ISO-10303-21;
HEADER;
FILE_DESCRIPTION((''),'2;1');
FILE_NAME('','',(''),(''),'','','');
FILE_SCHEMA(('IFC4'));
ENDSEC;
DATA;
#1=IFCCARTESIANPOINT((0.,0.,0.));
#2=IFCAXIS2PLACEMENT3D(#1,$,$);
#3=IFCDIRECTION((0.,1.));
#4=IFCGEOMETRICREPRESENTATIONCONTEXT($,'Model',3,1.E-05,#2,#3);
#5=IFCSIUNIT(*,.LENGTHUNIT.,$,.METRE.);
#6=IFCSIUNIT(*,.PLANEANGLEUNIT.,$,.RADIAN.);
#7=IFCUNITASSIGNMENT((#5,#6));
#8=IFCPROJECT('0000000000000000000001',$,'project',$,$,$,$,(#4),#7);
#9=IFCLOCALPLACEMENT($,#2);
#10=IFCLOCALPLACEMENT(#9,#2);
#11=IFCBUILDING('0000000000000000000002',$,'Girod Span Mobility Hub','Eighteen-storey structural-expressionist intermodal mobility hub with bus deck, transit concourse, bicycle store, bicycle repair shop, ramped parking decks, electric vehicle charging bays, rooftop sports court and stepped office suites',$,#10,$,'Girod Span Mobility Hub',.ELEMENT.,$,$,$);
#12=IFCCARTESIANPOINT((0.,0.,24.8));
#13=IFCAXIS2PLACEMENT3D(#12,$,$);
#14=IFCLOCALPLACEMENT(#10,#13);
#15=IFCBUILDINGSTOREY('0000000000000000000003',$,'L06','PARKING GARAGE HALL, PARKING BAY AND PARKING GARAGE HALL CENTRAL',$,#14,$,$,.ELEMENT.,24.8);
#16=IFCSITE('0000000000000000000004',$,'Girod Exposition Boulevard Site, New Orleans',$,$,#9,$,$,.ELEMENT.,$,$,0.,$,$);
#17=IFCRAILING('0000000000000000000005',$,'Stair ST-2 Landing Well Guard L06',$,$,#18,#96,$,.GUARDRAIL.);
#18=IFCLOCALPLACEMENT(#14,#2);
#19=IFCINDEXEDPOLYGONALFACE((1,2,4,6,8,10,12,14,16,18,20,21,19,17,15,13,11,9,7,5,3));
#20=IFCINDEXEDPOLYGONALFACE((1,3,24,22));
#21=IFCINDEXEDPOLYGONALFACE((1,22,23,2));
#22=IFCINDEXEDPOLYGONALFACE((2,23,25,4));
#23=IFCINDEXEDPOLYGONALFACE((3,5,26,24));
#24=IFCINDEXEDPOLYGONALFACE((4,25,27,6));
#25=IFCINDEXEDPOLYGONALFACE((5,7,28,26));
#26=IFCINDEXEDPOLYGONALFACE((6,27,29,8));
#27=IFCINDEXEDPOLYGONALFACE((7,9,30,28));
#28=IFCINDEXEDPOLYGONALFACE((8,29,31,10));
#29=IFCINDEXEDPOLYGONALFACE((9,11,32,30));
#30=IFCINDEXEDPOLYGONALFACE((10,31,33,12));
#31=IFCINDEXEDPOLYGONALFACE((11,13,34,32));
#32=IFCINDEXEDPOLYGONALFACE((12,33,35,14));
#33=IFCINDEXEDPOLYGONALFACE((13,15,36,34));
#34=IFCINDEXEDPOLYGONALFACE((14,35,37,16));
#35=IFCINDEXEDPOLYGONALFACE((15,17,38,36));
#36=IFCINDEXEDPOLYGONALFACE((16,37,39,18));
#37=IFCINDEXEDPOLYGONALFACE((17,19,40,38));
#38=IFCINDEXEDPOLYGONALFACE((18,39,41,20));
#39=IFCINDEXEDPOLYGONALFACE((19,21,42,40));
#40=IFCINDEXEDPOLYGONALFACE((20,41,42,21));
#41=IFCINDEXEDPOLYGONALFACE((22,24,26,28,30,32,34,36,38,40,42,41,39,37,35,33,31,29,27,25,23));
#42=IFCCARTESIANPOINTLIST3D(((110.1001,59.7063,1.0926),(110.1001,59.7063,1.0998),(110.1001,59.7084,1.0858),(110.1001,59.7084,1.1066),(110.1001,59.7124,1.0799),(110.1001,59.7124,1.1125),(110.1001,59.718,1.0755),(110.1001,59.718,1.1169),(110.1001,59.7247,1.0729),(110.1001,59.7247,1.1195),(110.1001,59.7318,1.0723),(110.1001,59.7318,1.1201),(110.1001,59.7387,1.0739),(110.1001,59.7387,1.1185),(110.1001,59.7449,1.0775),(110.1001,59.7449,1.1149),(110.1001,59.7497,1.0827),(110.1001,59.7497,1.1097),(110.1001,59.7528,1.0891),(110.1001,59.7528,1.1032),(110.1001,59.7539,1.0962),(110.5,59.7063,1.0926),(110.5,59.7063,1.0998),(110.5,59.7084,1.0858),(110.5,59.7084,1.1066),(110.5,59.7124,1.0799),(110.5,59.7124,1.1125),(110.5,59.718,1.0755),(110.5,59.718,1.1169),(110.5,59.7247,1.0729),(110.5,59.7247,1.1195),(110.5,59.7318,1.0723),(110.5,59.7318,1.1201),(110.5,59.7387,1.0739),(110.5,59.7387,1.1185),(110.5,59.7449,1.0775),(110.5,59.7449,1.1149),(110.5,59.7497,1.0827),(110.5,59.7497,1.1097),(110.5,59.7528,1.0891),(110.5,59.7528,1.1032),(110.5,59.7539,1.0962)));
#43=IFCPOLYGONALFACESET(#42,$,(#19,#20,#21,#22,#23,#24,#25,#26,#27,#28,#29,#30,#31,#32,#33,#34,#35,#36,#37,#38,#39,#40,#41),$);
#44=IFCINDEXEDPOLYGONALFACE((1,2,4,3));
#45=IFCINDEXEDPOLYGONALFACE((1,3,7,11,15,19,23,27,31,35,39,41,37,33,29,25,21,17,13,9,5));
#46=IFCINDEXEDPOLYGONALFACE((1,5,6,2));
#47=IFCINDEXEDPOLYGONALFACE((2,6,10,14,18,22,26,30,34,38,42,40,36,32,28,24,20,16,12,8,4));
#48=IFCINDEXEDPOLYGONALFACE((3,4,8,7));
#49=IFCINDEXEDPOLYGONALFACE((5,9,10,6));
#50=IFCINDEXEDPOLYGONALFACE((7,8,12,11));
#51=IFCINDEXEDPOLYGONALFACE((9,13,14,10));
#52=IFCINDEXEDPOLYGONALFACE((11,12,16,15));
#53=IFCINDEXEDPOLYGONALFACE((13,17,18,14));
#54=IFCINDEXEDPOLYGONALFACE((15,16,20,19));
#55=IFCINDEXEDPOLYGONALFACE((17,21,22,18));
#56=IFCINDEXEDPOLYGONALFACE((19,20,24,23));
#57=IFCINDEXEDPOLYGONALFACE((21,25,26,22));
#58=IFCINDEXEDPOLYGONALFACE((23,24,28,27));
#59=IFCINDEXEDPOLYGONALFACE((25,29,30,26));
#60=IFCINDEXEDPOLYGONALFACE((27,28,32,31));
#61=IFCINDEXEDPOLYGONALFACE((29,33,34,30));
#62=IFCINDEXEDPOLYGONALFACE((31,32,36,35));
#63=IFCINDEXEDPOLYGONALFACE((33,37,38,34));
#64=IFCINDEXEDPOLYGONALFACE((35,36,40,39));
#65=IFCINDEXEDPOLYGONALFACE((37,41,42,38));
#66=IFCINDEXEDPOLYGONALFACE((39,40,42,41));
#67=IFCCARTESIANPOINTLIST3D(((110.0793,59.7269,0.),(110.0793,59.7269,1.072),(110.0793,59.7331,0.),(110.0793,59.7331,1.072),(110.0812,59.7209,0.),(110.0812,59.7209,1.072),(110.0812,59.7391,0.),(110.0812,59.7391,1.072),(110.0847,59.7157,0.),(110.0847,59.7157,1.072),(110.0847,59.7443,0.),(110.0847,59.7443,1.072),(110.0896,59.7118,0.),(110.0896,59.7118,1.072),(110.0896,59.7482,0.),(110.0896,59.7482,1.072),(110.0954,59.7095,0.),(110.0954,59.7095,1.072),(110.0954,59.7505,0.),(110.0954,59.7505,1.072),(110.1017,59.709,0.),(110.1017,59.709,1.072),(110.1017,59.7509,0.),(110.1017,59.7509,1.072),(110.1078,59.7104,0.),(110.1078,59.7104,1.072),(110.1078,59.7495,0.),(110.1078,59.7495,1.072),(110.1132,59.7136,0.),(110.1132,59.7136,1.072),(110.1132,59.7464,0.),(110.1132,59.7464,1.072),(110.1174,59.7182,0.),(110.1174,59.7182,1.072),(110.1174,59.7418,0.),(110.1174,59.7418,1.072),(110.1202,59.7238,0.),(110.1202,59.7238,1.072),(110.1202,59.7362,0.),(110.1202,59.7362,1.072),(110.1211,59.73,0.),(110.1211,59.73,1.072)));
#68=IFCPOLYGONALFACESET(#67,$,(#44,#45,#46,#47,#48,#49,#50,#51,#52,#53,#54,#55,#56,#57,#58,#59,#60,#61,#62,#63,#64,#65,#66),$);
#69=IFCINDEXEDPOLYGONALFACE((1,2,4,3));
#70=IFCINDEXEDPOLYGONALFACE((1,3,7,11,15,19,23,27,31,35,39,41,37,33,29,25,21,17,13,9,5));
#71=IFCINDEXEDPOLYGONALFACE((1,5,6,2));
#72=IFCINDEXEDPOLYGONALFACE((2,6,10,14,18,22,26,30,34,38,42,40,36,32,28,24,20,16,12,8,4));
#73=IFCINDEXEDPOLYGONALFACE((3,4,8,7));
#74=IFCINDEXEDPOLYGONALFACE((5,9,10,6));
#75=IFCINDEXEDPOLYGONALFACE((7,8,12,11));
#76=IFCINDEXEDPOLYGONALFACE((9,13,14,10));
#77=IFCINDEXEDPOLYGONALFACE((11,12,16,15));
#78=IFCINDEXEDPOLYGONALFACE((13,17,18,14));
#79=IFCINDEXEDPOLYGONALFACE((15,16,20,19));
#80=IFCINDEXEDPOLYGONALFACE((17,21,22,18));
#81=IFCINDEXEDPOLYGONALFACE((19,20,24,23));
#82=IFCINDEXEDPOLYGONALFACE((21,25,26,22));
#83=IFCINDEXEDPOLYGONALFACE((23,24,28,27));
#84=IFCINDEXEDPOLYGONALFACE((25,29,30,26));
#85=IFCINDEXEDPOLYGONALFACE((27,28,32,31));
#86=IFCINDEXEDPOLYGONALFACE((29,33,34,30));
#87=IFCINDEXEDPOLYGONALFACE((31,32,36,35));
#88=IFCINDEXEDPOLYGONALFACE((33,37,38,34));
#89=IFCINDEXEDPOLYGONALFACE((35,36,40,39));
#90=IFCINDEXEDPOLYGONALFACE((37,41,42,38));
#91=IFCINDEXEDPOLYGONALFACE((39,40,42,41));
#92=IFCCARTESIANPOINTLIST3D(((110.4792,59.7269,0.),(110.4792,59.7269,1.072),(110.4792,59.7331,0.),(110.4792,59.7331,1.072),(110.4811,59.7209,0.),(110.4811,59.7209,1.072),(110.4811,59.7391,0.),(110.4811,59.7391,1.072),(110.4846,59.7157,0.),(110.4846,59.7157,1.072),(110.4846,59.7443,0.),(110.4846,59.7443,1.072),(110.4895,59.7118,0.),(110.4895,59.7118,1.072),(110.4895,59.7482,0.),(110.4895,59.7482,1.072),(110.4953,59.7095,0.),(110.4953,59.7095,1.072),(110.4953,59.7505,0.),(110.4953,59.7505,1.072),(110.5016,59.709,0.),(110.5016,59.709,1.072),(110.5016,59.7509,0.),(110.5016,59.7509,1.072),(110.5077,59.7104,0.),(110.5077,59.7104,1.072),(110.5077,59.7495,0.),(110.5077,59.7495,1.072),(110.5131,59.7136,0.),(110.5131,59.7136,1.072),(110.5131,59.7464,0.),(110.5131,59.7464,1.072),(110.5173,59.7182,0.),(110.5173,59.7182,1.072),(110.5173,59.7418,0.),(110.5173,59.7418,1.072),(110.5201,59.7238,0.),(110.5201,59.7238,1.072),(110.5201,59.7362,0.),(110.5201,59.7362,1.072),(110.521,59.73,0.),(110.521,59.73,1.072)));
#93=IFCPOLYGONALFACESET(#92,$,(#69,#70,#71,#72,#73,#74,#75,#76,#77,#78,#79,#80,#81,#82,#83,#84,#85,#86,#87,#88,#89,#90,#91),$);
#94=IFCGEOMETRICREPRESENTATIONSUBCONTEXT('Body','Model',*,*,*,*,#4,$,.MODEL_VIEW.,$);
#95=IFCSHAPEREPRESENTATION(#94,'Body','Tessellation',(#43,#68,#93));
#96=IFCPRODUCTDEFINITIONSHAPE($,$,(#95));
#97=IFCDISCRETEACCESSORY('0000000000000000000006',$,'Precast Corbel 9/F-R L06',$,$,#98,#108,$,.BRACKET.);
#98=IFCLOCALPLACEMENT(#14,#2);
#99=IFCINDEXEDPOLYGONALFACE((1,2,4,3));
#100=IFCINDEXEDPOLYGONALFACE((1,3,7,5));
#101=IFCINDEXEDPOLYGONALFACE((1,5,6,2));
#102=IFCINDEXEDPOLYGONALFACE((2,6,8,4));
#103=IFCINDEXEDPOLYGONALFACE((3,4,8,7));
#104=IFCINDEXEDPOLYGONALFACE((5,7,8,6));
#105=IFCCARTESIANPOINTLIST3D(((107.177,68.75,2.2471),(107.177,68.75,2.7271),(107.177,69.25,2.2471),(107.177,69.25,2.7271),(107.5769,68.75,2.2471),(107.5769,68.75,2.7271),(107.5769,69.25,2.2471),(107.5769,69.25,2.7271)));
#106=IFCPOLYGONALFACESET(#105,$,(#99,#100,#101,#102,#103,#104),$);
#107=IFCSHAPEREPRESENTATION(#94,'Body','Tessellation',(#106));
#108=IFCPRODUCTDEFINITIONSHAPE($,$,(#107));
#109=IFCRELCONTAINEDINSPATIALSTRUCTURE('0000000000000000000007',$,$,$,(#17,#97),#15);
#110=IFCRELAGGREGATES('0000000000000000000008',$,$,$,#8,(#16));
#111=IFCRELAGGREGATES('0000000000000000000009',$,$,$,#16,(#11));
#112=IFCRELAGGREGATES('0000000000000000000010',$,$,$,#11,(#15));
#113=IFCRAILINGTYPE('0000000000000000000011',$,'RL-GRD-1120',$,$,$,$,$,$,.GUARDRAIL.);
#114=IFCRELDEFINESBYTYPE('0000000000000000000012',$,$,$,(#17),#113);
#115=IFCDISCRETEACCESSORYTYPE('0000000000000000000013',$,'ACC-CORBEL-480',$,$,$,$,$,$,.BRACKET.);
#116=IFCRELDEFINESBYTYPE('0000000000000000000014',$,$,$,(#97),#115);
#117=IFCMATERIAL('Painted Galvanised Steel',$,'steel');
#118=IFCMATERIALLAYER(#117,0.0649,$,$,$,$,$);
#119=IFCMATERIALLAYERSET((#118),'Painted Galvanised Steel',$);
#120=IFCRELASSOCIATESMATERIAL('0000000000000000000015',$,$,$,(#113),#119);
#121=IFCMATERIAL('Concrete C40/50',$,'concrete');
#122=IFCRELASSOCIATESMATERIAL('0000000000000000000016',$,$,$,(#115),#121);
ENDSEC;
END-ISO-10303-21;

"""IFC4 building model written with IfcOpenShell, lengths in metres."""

from ifc_helpers import new_model, si_unit, direction, frame, origin, origin_2d, place, context, subcontext, project, spatial, rectangle, circle, extrude, material, layer, layer_set, type_object, element, save


model = new_model("IFC4")

# Units and contexts
model_context = context("Model", 3, precision=1e-05, world=origin(), true_north=direction((0.0, 1.0)))
body_context = subcontext(model_context, "Body", "Model", "MODEL_VIEW")
ifc_project = project(units=[si_unit("LENGTHUNIT", "METRE"), si_unit("PLANEANGLEUNIT", "RADIAN")], contexts=[model_context])

# Site, building, storey
site_placement = place(None, origin())
site = spatial("IfcSite", under=ifc_project, at=site_placement, Name="Girod Exposition Boulevard Site, New Orleans", CompositionType="ELEMENT", RefElevation=0.0)
building_placement = place(site_placement, origin())
building = spatial("IfcBuilding", under=site, at=building_placement, Name="Girod Span Mobility Hub", Description="Eighteen-storey structural-expressionist intermodal mobility hub with bus deck, transit concourse, bicycle store, bicycle repair shop, ramped parking decks, electric vehicle charging bays, rooftop sports court and stepped office suites", LongName="Girod Span Mobility Hub", CompositionType="ELEMENT")
storey_placement = place(building_placement, frame((0.0, 0.0, 24.8)))
storey = spatial("IfcBuildingStorey", under=building, at=storey_placement, Name="L06", Description="PARKING GARAGE HALL, PARKING BAY AND PARKING GARAGE HALL CENTRAL", CompositionType="ELEMENT", Elevation=24.8)

# Railing
ifc_material_1 = material(Name="Painted Galvanised Steel", Category="steel")
ifc_layer_1 = layer(ifc_material_1, 0.0649)
ifc_layer_set_1 = layer_set([ifc_layer_1], Name="Painted Galvanised Steel")
railing_type_1 = type_object("IfcRailingType", Name="RL-GRD-1120", PredefinedType="GUARDRAIL", material=ifc_layer_set_1)
for number, where, name in (
    (1, (110.1001, 59.73, 0.0), "Stair ST-2 Landing Well Guard L06"),
):
    element("IfcRailing", number, at=place(storey_placement, frame(where)), inside=storey, type_object=railing_type_1, Name=name, PredefinedType="GUARDRAIL", context=body_context, shape_type="SweptSolid", body=[
        extrude(circle(Radius=0.0239, at=origin_2d()), frame((0.0, 0.0, 1.0962), z_axis=(1.0, 0.0, 0.0), x_axis=(0.0, 1.0, 0.0)), (0.0, 0.0, 1.0), 0.3999),
        extrude(circle(Radius=0.021, at=origin_2d()), origin(), (0.0, 0.0, 1.0), 1.072),
        extrude(circle(Radius=0.021, at=origin_2d()), frame((0.3999, 0.0, 0.0)), (0.0, 0.0, 1.0), 1.072),
    ])

# Discrete accessory
ifc_material_2 = material(Name="Concrete C40/50", Category="concrete")
discrete_accessory_type = type_object("IfcDiscreteAccessoryType", Name="ACC-CORBEL-480", PredefinedType="BRACKET", material=ifc_material_2)
discrete_accessory_placement = place(storey_placement, frame((107.377, 69.0, 2.2471), z_axis=(0.0, 0.0, 1.0), x_axis=(1.0, 0.0, 0.0)))
element("IfcDiscreteAccessory", 2, at=discrete_accessory_placement, inside=storey, type_object=discrete_accessory_type, Name="Precast Corbel 9/F-R L06", PredefinedType="BRACKET", context=body_context, shape_type="SweptSolid", body=[
    extrude(rectangle(XDim=0.3999, YDim=0.5, at=origin_2d()), origin(), (0.0, 0.0, 1.0), 0.48),
])

save(model, "model.ifc")
